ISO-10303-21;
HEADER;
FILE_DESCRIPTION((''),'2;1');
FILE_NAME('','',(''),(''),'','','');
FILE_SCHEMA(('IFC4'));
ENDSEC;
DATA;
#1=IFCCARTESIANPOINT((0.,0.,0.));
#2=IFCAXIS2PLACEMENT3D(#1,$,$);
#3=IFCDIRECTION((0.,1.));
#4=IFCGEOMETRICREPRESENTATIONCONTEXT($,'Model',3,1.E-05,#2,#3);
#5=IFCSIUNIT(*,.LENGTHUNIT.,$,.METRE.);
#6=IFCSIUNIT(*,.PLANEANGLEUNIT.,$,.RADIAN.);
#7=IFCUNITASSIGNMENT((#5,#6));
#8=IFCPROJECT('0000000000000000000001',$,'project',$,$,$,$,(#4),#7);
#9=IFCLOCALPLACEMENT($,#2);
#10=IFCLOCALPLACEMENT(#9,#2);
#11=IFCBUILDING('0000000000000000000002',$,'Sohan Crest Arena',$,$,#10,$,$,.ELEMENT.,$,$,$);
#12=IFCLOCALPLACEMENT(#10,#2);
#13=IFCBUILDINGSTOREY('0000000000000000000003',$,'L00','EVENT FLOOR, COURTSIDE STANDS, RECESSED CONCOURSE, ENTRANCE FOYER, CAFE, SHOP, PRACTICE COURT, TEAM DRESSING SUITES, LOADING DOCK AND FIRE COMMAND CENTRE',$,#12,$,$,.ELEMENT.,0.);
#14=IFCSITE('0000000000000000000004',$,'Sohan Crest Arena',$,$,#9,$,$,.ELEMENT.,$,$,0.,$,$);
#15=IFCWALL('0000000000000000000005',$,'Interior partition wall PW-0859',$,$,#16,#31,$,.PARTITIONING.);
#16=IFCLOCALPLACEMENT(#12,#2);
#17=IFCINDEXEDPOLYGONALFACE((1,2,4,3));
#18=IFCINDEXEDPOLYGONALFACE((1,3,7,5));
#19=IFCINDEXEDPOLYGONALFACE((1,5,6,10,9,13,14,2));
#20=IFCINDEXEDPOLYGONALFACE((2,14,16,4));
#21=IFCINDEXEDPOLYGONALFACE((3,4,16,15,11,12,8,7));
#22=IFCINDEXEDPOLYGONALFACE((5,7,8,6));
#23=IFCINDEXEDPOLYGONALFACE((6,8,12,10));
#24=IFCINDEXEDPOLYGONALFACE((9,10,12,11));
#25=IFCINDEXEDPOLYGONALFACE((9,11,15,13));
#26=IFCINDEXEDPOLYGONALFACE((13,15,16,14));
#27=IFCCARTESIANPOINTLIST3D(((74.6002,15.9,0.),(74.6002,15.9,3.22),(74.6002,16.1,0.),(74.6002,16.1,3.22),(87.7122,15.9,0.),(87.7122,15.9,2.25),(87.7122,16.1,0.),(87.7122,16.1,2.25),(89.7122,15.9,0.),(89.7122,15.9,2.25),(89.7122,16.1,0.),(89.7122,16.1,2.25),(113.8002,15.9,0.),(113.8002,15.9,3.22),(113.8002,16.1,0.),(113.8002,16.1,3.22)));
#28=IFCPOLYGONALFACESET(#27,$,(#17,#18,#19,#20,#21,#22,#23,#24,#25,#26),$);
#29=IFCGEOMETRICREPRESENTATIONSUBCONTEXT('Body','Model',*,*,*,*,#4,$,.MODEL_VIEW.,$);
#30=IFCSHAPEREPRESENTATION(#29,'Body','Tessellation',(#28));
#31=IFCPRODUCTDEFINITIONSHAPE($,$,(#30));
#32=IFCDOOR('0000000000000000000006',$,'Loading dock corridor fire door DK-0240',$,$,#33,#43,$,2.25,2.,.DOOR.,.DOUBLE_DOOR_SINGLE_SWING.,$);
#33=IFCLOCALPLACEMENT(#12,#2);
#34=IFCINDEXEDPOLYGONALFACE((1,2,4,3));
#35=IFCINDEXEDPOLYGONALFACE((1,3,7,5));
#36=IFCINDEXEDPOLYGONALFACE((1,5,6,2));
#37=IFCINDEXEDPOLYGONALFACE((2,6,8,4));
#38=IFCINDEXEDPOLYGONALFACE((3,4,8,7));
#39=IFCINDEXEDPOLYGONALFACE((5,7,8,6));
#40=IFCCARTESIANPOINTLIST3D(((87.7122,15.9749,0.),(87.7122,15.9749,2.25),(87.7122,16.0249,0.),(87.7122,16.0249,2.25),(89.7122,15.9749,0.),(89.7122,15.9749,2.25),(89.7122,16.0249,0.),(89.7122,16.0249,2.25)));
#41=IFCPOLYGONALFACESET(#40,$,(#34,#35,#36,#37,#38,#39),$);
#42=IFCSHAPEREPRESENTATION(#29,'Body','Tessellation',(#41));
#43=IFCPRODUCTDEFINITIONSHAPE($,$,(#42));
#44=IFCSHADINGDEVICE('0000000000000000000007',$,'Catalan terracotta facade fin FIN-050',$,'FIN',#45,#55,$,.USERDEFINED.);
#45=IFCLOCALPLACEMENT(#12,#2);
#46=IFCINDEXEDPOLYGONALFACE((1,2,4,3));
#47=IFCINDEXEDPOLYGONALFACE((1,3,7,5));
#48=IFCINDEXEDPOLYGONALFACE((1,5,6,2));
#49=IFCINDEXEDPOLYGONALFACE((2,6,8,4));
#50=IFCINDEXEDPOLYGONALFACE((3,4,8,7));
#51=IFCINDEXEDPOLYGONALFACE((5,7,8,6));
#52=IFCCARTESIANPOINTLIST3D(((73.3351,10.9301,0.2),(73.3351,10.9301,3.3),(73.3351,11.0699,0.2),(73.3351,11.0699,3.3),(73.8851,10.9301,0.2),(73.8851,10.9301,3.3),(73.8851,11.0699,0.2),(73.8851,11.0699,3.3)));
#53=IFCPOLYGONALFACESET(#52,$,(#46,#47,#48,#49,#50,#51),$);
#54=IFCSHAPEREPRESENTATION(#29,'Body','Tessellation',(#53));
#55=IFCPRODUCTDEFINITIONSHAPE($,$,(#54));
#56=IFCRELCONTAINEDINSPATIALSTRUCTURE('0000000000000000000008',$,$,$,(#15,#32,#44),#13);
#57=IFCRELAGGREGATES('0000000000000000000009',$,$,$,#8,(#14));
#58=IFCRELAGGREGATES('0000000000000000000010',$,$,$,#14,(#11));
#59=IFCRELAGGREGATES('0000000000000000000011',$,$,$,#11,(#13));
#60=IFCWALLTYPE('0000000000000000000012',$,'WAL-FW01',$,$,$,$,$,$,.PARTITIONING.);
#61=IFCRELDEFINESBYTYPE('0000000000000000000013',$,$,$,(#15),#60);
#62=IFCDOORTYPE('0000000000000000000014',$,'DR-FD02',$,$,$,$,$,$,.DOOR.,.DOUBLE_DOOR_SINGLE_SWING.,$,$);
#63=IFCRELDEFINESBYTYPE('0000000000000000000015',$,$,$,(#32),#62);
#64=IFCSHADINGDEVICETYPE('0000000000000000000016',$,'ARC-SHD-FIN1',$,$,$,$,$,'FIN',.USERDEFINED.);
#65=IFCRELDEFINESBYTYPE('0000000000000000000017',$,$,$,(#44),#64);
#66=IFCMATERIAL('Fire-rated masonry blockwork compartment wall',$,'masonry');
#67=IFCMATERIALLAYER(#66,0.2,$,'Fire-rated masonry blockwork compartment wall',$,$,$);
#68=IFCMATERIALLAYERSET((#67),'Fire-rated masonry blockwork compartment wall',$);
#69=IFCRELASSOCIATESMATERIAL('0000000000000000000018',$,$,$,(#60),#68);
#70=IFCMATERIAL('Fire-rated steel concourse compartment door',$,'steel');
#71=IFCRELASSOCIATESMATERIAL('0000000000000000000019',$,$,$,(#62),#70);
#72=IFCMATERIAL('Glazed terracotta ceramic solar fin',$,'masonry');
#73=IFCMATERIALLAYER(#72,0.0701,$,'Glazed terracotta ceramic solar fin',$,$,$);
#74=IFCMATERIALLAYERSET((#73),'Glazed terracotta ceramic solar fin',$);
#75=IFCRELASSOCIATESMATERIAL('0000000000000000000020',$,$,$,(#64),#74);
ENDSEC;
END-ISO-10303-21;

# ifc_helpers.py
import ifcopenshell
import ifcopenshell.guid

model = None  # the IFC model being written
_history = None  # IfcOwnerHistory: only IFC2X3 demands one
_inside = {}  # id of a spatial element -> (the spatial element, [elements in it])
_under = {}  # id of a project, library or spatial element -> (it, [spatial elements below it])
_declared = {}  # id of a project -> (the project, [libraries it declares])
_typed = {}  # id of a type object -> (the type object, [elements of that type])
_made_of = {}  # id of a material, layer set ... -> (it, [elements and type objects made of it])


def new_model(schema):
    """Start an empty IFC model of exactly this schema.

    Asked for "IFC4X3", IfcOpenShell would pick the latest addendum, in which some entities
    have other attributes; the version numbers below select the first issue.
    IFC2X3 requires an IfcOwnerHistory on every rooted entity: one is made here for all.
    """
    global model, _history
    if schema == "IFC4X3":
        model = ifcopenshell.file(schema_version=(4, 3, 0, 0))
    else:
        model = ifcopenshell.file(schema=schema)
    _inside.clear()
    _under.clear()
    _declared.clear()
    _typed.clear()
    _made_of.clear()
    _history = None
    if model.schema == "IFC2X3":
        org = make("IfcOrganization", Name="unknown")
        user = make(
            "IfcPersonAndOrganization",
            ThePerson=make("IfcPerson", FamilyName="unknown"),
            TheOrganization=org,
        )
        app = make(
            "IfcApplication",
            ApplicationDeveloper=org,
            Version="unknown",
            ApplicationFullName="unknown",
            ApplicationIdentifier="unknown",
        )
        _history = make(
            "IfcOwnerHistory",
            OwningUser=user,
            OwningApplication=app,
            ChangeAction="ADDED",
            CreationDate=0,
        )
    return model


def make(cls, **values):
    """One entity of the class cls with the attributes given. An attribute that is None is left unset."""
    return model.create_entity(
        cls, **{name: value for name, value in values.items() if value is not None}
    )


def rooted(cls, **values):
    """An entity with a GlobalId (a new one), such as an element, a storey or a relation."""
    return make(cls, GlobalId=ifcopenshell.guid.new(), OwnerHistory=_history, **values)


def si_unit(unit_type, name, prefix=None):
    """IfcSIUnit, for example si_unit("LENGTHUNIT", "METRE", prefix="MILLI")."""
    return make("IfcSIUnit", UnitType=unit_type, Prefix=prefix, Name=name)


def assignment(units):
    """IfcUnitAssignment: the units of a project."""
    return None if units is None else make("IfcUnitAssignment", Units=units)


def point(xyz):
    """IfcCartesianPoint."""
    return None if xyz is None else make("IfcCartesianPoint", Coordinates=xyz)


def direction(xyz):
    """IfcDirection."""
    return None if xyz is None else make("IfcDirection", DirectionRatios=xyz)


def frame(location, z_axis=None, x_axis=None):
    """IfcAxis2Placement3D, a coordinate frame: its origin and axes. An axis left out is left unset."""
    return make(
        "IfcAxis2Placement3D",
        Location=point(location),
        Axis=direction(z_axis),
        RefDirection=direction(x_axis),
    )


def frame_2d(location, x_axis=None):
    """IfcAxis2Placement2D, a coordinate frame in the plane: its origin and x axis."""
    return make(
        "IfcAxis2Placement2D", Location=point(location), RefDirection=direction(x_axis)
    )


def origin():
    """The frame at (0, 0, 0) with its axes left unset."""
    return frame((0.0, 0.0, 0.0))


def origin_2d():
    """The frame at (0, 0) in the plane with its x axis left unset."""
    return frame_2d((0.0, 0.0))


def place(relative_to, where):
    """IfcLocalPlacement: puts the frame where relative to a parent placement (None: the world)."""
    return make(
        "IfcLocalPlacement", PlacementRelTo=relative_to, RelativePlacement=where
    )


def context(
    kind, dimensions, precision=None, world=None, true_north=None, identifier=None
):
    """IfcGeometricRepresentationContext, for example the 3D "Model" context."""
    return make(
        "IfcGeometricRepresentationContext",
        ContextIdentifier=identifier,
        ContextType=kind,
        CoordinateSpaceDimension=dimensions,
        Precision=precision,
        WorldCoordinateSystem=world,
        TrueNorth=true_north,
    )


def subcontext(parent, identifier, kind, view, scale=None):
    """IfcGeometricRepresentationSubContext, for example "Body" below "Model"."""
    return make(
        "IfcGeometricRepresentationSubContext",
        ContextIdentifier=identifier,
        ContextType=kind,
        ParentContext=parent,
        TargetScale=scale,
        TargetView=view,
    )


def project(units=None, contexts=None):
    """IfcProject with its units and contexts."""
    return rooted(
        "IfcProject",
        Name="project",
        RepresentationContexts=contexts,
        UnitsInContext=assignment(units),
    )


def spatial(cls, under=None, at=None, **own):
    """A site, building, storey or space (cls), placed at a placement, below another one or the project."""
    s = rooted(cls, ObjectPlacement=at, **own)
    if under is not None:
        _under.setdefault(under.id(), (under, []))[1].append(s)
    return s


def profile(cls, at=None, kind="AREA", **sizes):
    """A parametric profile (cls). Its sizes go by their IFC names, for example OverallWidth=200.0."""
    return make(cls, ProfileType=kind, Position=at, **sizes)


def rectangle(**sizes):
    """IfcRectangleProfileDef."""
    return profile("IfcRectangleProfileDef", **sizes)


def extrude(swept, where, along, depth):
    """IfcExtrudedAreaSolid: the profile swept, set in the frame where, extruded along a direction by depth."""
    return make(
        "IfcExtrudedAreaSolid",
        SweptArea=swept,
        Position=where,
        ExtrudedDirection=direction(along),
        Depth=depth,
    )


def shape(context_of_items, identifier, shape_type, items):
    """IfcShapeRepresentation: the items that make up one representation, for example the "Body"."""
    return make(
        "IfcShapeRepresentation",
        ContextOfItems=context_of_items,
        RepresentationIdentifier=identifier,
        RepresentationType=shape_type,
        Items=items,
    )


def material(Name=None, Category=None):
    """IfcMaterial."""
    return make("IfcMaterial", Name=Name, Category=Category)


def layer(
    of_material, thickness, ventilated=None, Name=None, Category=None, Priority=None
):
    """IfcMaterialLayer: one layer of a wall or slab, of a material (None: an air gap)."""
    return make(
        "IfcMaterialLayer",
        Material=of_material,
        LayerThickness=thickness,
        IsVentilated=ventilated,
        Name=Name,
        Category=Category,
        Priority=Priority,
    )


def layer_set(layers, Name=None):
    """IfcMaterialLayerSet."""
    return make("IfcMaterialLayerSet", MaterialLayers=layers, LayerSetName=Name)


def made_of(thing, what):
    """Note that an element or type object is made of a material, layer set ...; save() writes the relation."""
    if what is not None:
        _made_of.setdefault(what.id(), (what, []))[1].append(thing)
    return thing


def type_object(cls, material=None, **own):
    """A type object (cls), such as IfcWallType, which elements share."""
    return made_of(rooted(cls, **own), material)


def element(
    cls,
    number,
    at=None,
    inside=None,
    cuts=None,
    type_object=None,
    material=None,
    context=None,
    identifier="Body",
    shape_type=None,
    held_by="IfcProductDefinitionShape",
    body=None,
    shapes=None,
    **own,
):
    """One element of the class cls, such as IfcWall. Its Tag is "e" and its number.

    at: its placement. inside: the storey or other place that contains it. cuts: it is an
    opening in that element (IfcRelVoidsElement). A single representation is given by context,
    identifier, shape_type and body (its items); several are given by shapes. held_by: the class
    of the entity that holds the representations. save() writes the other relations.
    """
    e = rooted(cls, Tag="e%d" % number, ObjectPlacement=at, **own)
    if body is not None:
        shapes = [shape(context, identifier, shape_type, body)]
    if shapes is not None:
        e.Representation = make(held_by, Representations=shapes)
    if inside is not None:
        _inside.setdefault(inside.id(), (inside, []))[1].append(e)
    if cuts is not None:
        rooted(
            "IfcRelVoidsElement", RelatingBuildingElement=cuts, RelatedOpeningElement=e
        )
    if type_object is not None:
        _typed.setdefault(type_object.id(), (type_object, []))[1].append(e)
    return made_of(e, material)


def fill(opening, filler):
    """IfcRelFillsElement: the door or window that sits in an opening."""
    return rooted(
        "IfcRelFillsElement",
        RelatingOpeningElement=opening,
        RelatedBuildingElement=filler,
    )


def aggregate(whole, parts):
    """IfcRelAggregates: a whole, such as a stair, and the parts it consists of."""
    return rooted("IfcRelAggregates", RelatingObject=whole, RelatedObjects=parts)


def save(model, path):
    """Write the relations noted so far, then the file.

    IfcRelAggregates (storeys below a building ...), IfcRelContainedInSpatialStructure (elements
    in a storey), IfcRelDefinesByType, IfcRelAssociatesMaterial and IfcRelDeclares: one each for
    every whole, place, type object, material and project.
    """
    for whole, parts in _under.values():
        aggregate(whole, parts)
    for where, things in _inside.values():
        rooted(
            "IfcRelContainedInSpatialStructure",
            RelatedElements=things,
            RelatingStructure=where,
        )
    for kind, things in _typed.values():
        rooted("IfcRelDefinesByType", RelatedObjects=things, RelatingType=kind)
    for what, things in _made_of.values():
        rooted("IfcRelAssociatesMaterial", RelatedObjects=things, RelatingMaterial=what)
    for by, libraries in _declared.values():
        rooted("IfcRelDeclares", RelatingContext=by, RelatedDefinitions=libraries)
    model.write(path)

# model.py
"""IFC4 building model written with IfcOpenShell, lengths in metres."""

from ifc_helpers import new_model, si_unit, direction, frame, frame_2d, origin, origin_2d, place, context, subcontext, project, spatial, rectangle, extrude, material, layer, layer_set, type_object, element, fill, save


model = new_model("IFC4")

# Units and contexts
model_context = context("Model", 3, precision=1e-05, world=origin(), true_north=direction((0.0, 1.0)))
body_context = subcontext(model_context, "Body", "Model", "MODEL_VIEW")
ifc_project = project(units=[si_unit("LENGTHUNIT", "METRE"), si_unit("PLANEANGLEUNIT", "RADIAN")], contexts=[model_context])

# Site, building, storey
site_placement = place(None, origin())
site = spatial("IfcSite", under=ifc_project, at=site_placement, Name="Sohan Crest Arena", CompositionType="ELEMENT", RefElevation=0.0)
building_placement = place(site_placement, origin())
building = spatial("IfcBuilding", under=site, at=building_placement, Name="Sohan Crest Arena", CompositionType="ELEMENT")
storey_placement = place(building_placement, origin())
storey = spatial("IfcBuildingStorey", under=building, at=storey_placement, Name="L00", Description="EVENT FLOOR, COURTSIDE STANDS, RECESSED CONCOURSE, ENTRANCE FOYER, CAFE, SHOP, PRACTICE COURT, TEAM DRESSING SUITES, LOADING DOCK AND FIRE COMMAND CENTRE", CompositionType="ELEMENT", Elevation=0.0)

# Wall, opening, door
ifc_material_1 = material(Name="Fire-rated masonry blockwork compartment wall", Category="masonry")
ifc_layer_1 = layer(ifc_material_1, 0.2, Name="Fire-rated masonry blockwork compartment wall")
ifc_layer_set_1 = layer_set([ifc_layer_1], Name="Fire-rated masonry blockwork compartment wall")
wall_type_1 = type_object("IfcWallType", Name="WAL-FW01", PredefinedType="PARTITIONING", material=ifc_layer_set_1)
wall_1_placement = place(storey_placement, frame((74.6001, 16.0, 0.0), z_axis=(0.0, 0.0, 1.0), x_axis=(1.0, 0.0, 0.0)))
wall_1 = element("IfcWall", 1, at=wall_1_placement, inside=storey, type_object=wall_type_1, Name="Interior partition wall PW-0859", PredefinedType="PARTITIONING", context=body_context, shape_type="SweptSolid", body=[
    extrude(rectangle(XDim=39.2, YDim=0.2, at=frame_2d((19.6001, 0.0))), origin(), (0.0, 0.0, 1.0), 3.22),
])
opening_1_placement = place(wall_1_placement, frame((13.1121, 0.0, 0.0)))
opening_1 = element("IfcOpeningElement", 2, at=opening_1_placement, cuts=wall_1, PredefinedType="OPENING", context=body_context, shape_type="SweptSolid", body=[
    extrude(rectangle(XDim=2.0, YDim=2.25, at=frame_2d((1.0, 1.125))), frame((0.0, 0.1099, 0.0), z_axis=(0.0, -1.0, 0.0), x_axis=(1.0, 0.0, 0.0)), (0.0, 0.0, 1.0), 0.22),
])
ifc_material_2 = material(Name="Fire-rated steel concourse compartment door", Category="steel")
door_type_1 = type_object("IfcDoorType", Name="DR-FD02", OperationType="DOUBLE_DOOR_SINGLE_SWING", PredefinedType="DOOR", material=ifc_material_2)
door_1_placement = place(opening_1_placement, origin())
door_1 = element("IfcDoor", 3, at=door_1_placement, inside=storey, type_object=door_type_1, Name="Loading dock corridor fire door DK-0240", OperationType="DOUBLE_DOOR_SINGLE_SWING", OverallHeight=2.25, OverallWidth=2.0, PredefinedType="DOOR", context=body_context, shape_type="SweptSolid", body=[
    extrude(rectangle(XDim=2.0, YDim=2.25, at=frame_2d((1.0, 1.125))), frame((0.0, 0.0249, 0.0), z_axis=(0.0, -1.0, 0.0), x_axis=(1.0, 0.0, 0.0)), (0.0, 0.0, 1.0), 0.05),
])
fill(opening_1, door_1)

# Shading device
ifc_material_3 = material(Name="Glazed terracotta ceramic solar fin", Category="masonry")
ifc_layer_2 = layer(ifc_material_3, 0.0701, Name="Glazed terracotta ceramic solar fin")
ifc_layer_set_2 = layer_set([ifc_layer_2], Name="Glazed terracotta ceramic solar fin")
shading_device_type = type_object("IfcShadingDeviceType", Name="ARC-SHD-FIN1", ElementType="FIN", PredefinedType="USERDEFINED", material=ifc_layer_set_2)
shading_device_placement = place(storey_placement, frame((73.6101, 11.0, 0.2), z_axis=(0.0, 0.0, 1.0), x_axis=(0.0, -1.0, 0.0)))
element("IfcShadingDevice", 4, at=shading_device_placement, inside=storey, type_object=shading_device_type, Name="Catalan terracotta facade fin FIN-050", ObjectType="FIN", PredefinedType="USERDEFINED", context=body_context, shape_type="SweptSolid", body=[
    extrude(rectangle(XDim=0.1399, YDim=0.55, at=origin_2d()), origin(), (0.0, 0.0, 1.0), 3.1001),
])

save(model, "model.ifc")
